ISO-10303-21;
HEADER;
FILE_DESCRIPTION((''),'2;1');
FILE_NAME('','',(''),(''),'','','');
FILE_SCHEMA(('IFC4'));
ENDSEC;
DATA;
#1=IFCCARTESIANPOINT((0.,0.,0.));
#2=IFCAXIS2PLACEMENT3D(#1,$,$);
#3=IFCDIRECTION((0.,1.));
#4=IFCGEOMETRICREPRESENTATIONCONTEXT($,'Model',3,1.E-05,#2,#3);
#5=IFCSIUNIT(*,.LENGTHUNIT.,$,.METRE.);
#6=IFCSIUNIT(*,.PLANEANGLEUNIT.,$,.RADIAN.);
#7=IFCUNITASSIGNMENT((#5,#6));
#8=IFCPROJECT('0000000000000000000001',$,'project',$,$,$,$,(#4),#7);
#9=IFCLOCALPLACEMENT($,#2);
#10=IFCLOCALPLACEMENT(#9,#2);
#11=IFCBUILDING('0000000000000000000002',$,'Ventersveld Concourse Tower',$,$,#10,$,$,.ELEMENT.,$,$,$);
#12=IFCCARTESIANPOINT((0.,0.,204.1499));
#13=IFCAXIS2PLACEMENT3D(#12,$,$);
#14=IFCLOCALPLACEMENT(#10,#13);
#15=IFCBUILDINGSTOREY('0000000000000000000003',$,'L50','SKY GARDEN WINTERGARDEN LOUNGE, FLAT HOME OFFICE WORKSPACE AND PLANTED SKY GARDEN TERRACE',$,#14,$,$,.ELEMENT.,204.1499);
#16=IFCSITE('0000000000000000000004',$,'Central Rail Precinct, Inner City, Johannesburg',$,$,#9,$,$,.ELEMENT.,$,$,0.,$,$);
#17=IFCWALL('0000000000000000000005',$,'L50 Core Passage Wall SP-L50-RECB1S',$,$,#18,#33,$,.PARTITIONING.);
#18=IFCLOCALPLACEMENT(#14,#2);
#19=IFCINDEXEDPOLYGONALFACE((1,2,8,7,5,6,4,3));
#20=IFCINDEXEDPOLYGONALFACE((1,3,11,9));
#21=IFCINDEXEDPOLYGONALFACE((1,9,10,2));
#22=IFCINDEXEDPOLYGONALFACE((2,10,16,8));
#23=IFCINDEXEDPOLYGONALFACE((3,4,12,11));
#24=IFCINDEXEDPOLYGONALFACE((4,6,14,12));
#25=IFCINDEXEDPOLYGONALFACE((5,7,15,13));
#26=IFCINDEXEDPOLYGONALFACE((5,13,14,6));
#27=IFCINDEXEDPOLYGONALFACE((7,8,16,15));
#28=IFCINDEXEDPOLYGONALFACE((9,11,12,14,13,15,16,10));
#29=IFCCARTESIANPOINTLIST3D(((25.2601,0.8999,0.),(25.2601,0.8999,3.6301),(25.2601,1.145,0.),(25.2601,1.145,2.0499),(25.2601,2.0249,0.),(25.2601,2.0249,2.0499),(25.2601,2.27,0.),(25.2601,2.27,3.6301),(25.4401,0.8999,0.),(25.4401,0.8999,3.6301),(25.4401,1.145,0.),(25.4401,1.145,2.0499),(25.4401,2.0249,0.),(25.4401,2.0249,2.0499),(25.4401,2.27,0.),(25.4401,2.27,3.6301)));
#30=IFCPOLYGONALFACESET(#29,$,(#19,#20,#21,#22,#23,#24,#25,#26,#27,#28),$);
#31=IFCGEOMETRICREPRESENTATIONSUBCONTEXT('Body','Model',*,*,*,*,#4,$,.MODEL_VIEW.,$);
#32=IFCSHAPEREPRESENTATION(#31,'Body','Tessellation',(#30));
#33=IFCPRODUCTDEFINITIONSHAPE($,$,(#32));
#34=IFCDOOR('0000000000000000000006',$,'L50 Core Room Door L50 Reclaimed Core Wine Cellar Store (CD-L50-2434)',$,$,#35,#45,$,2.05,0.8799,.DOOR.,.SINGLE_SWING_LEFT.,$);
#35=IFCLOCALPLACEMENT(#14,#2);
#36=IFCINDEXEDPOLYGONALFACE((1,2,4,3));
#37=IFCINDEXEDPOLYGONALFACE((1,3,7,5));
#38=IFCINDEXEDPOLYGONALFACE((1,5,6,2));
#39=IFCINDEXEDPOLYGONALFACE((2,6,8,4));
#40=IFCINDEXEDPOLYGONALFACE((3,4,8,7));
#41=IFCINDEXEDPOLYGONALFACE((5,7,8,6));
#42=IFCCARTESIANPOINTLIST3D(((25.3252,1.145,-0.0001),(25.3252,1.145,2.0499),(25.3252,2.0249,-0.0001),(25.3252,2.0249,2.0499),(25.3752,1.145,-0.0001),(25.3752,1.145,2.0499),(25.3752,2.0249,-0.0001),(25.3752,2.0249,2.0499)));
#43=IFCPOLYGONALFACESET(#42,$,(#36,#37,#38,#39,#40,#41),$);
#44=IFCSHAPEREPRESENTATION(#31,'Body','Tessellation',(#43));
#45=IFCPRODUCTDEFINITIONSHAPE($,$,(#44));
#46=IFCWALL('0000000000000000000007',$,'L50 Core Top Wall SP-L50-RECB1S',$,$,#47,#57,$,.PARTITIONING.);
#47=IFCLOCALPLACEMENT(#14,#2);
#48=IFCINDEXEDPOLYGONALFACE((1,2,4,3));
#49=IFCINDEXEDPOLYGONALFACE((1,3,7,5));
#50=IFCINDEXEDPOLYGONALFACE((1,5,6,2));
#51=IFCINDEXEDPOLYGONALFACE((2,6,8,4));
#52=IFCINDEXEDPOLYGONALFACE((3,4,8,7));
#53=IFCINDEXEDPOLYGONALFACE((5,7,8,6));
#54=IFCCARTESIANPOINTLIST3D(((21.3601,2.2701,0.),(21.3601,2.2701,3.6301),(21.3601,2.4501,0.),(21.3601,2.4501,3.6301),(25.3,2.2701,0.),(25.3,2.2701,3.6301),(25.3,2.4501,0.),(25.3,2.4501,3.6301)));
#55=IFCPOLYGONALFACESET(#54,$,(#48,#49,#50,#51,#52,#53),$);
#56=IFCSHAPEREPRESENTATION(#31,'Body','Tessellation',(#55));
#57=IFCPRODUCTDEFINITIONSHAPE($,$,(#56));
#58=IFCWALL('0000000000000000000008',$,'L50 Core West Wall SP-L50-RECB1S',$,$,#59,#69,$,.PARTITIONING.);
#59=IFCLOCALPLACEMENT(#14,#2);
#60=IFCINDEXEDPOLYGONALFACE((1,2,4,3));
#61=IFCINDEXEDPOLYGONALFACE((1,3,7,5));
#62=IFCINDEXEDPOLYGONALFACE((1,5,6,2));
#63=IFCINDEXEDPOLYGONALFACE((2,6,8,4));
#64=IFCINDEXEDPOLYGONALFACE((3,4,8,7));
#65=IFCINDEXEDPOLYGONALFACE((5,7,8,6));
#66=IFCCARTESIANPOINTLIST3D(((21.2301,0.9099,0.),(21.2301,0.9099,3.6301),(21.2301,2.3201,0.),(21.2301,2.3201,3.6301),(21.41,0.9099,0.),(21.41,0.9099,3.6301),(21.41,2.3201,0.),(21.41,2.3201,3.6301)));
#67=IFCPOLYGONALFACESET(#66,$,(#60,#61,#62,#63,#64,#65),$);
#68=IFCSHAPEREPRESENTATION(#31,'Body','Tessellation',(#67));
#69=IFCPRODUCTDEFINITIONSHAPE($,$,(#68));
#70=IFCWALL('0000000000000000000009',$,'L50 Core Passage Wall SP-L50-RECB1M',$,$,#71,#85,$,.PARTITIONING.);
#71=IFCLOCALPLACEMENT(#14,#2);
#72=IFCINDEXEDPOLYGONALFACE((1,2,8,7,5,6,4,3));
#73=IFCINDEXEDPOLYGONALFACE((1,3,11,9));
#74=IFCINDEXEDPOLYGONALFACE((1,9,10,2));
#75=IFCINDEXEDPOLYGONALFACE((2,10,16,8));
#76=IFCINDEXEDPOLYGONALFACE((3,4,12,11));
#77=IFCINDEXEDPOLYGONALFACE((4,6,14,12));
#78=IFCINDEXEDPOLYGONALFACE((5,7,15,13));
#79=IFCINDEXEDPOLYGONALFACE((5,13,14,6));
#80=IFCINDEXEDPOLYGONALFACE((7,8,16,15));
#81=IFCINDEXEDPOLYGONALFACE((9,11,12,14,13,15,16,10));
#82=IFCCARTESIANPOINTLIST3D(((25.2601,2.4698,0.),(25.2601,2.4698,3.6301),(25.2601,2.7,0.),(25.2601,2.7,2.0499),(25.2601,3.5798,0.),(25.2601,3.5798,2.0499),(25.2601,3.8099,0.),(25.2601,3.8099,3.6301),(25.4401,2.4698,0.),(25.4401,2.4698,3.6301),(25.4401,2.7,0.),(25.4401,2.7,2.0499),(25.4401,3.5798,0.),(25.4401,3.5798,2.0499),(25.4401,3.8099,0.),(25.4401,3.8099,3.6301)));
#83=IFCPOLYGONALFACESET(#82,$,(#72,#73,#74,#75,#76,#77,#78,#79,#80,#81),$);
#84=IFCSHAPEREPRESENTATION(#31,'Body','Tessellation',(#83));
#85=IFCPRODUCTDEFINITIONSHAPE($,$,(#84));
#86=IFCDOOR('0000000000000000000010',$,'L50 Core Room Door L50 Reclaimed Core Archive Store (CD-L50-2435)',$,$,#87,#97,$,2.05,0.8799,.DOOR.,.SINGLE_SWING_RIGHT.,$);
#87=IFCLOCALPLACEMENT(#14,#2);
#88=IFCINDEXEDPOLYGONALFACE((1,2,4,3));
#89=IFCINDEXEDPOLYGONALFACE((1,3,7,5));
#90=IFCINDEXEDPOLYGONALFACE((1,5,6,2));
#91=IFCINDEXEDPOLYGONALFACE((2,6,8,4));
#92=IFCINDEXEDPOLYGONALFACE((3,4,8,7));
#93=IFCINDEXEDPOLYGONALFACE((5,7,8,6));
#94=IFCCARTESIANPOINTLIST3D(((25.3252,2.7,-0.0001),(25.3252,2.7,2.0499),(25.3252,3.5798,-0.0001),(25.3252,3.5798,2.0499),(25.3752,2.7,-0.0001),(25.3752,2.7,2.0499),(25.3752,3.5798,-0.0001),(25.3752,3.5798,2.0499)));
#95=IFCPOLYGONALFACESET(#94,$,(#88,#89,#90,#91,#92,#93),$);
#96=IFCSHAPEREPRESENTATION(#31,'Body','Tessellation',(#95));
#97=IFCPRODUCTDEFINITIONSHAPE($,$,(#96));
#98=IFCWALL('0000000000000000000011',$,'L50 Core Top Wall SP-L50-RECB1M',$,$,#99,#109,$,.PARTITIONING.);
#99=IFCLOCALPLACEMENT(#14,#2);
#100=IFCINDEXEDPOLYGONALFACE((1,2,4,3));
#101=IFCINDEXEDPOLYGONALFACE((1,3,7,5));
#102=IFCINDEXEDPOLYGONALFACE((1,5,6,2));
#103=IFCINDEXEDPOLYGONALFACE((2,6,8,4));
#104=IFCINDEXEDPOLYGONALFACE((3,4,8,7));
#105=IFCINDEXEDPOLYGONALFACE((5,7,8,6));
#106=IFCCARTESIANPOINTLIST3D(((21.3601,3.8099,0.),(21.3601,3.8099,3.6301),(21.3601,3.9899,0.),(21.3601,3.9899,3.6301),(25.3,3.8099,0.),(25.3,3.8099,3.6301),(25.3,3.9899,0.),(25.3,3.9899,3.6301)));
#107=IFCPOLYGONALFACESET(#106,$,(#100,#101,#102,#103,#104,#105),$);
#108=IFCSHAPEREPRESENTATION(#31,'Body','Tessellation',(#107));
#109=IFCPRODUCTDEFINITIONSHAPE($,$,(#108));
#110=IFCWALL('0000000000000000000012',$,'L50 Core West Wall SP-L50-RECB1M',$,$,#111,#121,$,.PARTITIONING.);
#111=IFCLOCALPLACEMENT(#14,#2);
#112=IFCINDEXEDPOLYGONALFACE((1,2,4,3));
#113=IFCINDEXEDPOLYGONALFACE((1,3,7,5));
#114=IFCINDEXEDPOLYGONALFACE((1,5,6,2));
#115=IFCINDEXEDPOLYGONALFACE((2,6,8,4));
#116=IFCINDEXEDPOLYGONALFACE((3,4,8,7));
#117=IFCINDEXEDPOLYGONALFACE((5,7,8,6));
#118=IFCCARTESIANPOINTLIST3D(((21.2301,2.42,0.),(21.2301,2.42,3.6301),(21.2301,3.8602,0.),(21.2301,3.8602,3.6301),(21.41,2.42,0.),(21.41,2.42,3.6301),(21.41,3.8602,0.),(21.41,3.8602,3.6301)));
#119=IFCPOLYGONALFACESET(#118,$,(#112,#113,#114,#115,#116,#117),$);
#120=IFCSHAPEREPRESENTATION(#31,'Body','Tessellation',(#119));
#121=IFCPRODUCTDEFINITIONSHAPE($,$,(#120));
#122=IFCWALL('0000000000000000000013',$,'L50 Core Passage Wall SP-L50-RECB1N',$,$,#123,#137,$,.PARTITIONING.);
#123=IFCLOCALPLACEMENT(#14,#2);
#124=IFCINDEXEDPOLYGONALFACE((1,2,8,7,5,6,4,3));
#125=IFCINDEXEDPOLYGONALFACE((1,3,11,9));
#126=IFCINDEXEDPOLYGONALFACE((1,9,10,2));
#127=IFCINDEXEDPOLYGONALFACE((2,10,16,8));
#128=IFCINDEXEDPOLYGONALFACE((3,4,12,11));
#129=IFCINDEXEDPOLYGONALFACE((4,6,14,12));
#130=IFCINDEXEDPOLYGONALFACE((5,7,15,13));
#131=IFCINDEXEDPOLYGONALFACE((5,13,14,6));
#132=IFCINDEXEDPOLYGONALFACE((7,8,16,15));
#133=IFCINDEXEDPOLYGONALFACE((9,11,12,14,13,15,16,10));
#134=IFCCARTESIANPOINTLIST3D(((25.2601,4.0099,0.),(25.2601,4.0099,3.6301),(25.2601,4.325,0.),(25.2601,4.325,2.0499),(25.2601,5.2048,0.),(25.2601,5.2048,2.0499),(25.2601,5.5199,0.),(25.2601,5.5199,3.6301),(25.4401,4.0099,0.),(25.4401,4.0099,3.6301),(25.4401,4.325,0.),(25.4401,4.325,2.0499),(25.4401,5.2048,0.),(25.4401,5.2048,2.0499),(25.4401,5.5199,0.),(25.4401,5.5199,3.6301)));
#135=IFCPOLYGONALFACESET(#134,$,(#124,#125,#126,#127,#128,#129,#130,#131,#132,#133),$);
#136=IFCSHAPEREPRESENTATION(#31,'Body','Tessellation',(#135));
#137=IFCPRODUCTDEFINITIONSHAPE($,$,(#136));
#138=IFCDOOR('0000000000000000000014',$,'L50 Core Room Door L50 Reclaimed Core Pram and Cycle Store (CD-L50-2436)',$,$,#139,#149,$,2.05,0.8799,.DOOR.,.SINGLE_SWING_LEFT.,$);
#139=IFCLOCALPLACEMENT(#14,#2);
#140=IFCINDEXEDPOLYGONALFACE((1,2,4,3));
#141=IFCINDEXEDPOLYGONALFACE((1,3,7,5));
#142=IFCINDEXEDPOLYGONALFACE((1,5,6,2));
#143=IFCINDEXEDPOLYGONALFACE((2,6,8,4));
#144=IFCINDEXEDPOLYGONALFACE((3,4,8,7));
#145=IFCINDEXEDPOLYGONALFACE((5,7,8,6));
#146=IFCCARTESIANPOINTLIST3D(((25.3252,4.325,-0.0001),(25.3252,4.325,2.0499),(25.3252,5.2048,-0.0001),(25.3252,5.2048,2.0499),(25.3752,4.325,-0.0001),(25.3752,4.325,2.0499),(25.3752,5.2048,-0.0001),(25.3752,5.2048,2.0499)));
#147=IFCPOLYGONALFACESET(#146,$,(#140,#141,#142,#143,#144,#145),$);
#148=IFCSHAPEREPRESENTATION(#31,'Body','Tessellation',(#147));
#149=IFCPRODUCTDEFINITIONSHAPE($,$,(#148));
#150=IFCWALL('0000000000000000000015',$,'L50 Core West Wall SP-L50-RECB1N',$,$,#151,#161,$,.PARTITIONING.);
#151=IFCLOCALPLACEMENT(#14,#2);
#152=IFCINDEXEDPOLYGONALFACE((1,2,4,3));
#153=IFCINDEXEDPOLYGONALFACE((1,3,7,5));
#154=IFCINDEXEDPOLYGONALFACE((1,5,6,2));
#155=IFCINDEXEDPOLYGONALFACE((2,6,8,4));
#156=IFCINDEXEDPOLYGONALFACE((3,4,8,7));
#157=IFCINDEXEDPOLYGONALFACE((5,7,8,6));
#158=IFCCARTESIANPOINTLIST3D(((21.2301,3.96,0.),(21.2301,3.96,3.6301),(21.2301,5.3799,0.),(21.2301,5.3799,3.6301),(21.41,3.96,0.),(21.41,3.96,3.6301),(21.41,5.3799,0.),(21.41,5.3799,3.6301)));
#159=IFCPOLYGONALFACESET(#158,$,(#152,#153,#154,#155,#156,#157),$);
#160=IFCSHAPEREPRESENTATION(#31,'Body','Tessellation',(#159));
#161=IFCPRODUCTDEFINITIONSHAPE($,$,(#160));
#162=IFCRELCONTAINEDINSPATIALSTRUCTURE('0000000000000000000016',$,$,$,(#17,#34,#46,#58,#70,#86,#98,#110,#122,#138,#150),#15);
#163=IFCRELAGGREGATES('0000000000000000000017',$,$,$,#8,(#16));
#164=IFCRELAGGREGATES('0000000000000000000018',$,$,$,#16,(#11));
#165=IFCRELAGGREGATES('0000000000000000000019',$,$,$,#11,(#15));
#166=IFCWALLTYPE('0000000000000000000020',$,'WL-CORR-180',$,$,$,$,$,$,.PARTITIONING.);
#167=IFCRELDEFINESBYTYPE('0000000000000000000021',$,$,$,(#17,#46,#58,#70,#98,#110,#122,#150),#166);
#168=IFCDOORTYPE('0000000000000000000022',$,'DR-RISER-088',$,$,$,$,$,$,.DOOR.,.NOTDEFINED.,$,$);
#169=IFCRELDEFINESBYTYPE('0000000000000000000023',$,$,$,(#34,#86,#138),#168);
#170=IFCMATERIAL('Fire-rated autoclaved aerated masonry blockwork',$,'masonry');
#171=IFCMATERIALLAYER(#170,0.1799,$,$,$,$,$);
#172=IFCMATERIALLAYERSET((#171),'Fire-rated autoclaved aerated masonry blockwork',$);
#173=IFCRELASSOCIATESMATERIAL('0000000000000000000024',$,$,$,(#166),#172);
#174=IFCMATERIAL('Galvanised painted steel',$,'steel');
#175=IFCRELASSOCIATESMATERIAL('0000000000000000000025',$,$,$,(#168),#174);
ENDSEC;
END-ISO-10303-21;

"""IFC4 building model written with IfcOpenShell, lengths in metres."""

from ifc_helpers import new_model, si_unit, direction, frame, frame_2d, origin, place, context, subcontext, project, spatial, rectangle, extrude, material, layer, layer_set, type_object, element, fill, save


model = new_model("IFC4")

# Units and contexts
model_context = context("Model", 3, precision=1e-05, world=origin(), true_north=direction((0.0, 1.0)))
body_context = subcontext(model_context, "Body", "Model", "MODEL_VIEW")
ifc_project = project(units=[si_unit("LENGTHUNIT", "METRE"), si_unit("PLANEANGLEUNIT", "RADIAN")], contexts=[model_context])

# Site, building, storey
site_placement = place(None, origin())
site = spatial("IfcSite", under=ifc_project, at=site_placement, Name="Central Rail Precinct, Inner City, Johannesburg", CompositionType="ELEMENT", RefElevation=0.0)
building_placement = place(site_placement, origin())
building = spatial("IfcBuilding", under=site, at=building_placement, Name="Ventersveld Concourse Tower", CompositionType="ELEMENT")
storey_placement = place(building_placement, frame((0.0, 0.0, 204.1499)))
storey = spatial("IfcBuildingStorey", under=building, at=storey_placement, Name="L50", Description="SKY GARDEN WINTERGARDEN LOUNGE, FLAT HOME OFFICE WORKSPACE AND PLANTED SKY GARDEN TERRACE", CompositionType="ELEMENT", Elevation=204.1499)

# Wall, opening, door
ifc_material_1 = material(Name="Fire-rated autoclaved aerated masonry blockwork", Category="masonry")
ifc_layer_1 = layer(ifc_material_1, 0.1799)
ifc_layer_set_1 = layer_set([ifc_layer_1], Name="Fire-rated autoclaved aerated masonry blockwork")
wall_type_1 = type_object("IfcWallType", Name="WL-CORR-180", PredefinedType="PARTITIONING", material=ifc_layer_set_1)
wall_1_placement = place(storey_placement, frame((25.3501, 0.8999, 0.0), z_axis=(0.0, 0.0, 1.0), x_axis=(0.0, 1.0, 0.0)))
wall_1 = element("IfcWall", 1, at=wall_1_placement, inside=storey, type_object=wall_type_1, Name="L50 Core Passage Wall SP-L50-RECB1S", PredefinedType="PARTITIONING", context=body_context, shape_type="SweptSolid", body=[
    extrude(rectangle(XDim=1.3701, YDim=0.1799, at=frame_2d((0.6851, 0.0))), origin(), (0.0, 0.0, 1.0), 3.6301),
])
opening_1_placement = place(wall_1_placement, frame((0.2451, 0.0, 0.0)))
opening_1 = element("IfcOpeningElement", 2, at=opening_1_placement, cuts=wall_1, PredefinedType="OPENING", context=body_context, shape_type="SweptSolid", body=[
    extrude(rectangle(XDim=0.8799, YDim=2.05, at=frame_2d((0.4399, 1.0249))), frame((0.0, 0.1001, 0.0), z_axis=(0.0, -1.0, 0.0), x_axis=(1.0, 0.0, 0.0)), (0.0, 0.0, 1.0), 0.2),
])
ifc_material_2 = material(Name="Galvanised painted steel", Category="steel")
door_type = type_object("IfcDoorType", Name="DR-RISER-088", OperationType="NOTDEFINED", PredefinedType="DOOR", material=ifc_material_2)
door_1_placement = place(opening_1_placement, origin())
door_1 = element("IfcDoor", 3, at=door_1_placement, inside=storey, type_object=door_type, Name="L50 Core Room Door L50 Reclaimed Core Wine Cellar Store (CD-L50-2434)", OperationType="SINGLE_SWING_LEFT", OverallHeight=2.05, OverallWidth=0.8799, PredefinedType="DOOR", context=body_context, shape_type="SweptSolid", body=[
    extrude(rectangle(XDim=0.8799, YDim=2.05, at=frame_2d((0.4399, 1.0249))), frame((0.0, 0.0249, 0.0), z_axis=(0.0, -1.0, 0.0), x_axis=(1.0, 0.0, 0.0)), (0.0, 0.0, 1.0), 0.05),
])
fill(opening_1, door_1)

# Walls
wall_2_placement = place(storey_placement, frame((21.3601, 2.3601, 0.0), z_axis=(0.0, 0.0, 1.0), x_axis=(1.0, 0.0, 0.0)))
element("IfcWall", 4, at=wall_2_placement, inside=storey, type_object=wall_type_1, Name="L50 Core Top Wall SP-L50-RECB1S", PredefinedType="PARTITIONING", context=body_context, shape_type="SweptSolid", body=[
    extrude(rectangle(XDim=3.9399, YDim=0.1799, at=frame_2d((1.97, 0.0))), origin(), (0.0, 0.0, 1.0), 3.6301),
])
wall_3_placement = place(storey_placement, frame((21.3201, 0.9099, 0.0), z_axis=(0.0, 0.0, 1.0), x_axis=(0.0, 1.0, 0.0)))
element("IfcWall", 5, at=wall_3_placement, inside=storey, type_object=wall_type_1, Name="L50 Core West Wall SP-L50-RECB1S", PredefinedType="PARTITIONING", context=body_context, shape_type="SweptSolid", body=[
    extrude(rectangle(XDim=1.4102, YDim=0.1799, at=frame_2d((0.7051, 0.0))), origin(), (0.0, 0.0, 1.0), 3.6301),
])

# Wall, opening, door
wall_4_placement = place(storey_placement, frame((25.3501, 2.47, 0.0), z_axis=(0.0, 0.0, 1.0), x_axis=(0.0, 1.0, 0.0)))
wall_4 = element("IfcWall", 6, at=wall_4_placement, inside=storey, type_object=wall_type_1, Name="L50 Core Passage Wall SP-L50-RECB1M", PredefinedType="PARTITIONING", context=body_context, shape_type="SweptSolid", body=[
    extrude(rectangle(XDim=1.3401, YDim=0.1799, at=frame_2d((0.6699, 0.0))), origin(), (0.0, 0.0, 1.0), 3.6301),
])
opening_2_placement = place(wall_4_placement, frame((0.23, 0.0, 0.0)))
opening_2 = element("IfcOpeningElement", 7, at=opening_2_placement, cuts=wall_4, PredefinedType="OPENING", context=body_context, shape_type="SweptSolid", body=[
    extrude(rectangle(XDim=0.8799, YDim=2.05, at=frame_2d((0.4399, 1.0249))), frame((0.0, 0.1001, 0.0), z_axis=(0.0, -1.0, 0.0), x_axis=(1.0, 0.0, 0.0)), (0.0, 0.0, 1.0), 0.2),
])
door_2_placement = place(opening_2_placement, origin())
door_2 = element("IfcDoor", 8, at=door_2_placement, inside=storey, type_object=door_type, Name="L50 Core Room Door L50 Reclaimed Core Archive Store (CD-L50-2435)", OperationType="SINGLE_SWING_RIGHT", OverallHeight=2.05, OverallWidth=0.8799, PredefinedType="DOOR", context=body_context, shape_type="SweptSolid", body=[
    extrude(rectangle(XDim=0.8799, YDim=2.05, at=frame_2d((0.4399, 1.0249))), frame((0.0, 0.0249, 0.0), z_axis=(0.0, -1.0, 0.0), x_axis=(1.0, 0.0, 0.0)), (0.0, 0.0, 1.0), 0.05),
])
fill(opening_2, door_2)

# Walls
wall_5_placement = place(storey_placement, frame((21.3601, 3.8999, 0.0), z_axis=(0.0, 0.0, 1.0), x_axis=(1.0, 0.0, 0.0)))
element("IfcWall", 9, at=wall_5_placement, inside=storey, type_object=wall_type_1, Name="L50 Core Top Wall SP-L50-RECB1M", PredefinedType="PARTITIONING", context=body_context, shape_type="SweptSolid", body=[
    extrude(rectangle(XDim=3.9399, YDim=0.1799, at=frame_2d((1.97, 0.0))), origin(), (0.0, 0.0, 1.0), 3.6301),
])
wall_6_placement = place(storey_placement, frame((21.3201, 2.4199, 0.0), z_axis=(0.0, 0.0, 1.0), x_axis=(0.0, 1.0, 0.0)))
element("IfcWall", 10, at=wall_6_placement, inside=storey, type_object=wall_type_1, Name="L50 Core West Wall SP-L50-RECB1M", PredefinedType="PARTITIONING", context=body_context, shape_type="SweptSolid", body=[
    extrude(rectangle(XDim=1.4402, YDim=0.1799, at=frame_2d((0.7202, 0.0))), origin(), (0.0, 0.0, 1.0), 3.6301),
])

# Wall, opening, door
wall_7_placement = place(storey_placement, frame((25.3501, 4.01, 0.0), z_axis=(0.0, 0.0, 1.0), x_axis=(0.0, 1.0, 0.0)))
wall_7 = element("IfcWall", 11, at=wall_7_placement, inside=storey, type_object=wall_type_1, Name="L50 Core Passage Wall SP-L50-RECB1N", PredefinedType="PARTITIONING", context=body_context, shape_type="SweptSolid", body=[
    extrude(rectangle(XDim=1.51, YDim=0.1799, at=frame_2d((0.7549, 0.0))), origin(), (0.0, 0.0, 1.0), 3.6301),
])
opening_3_placement = place(wall_7_placement, frame((0.3149, 0.0, 0.0)))
opening_3 = element("IfcOpeningElement", 12, at=opening_3_placement, cuts=wall_7, PredefinedType="OPENING", context=body_context, shape_type="SweptSolid", body=[
    extrude(rectangle(XDim=0.8799, YDim=2.05, at=frame_2d((0.4399, 1.0249))), frame((0.0, 0.1001, 0.0), z_axis=(0.0, -1.0, 0.0), x_axis=(1.0, 0.0, 0.0)), (0.0, 0.0, 1.0), 0.2),
])
door_3_placement = place(opening_3_placement, origin())
door_3 = element("IfcDoor", 13, at=door_3_placement, inside=storey, type_object=door_type, Name="L50 Core Room Door L50 Reclaimed Core Pram and Cycle Store (CD-L50-2436)", OperationType="SINGLE_SWING_LEFT", OverallHeight=2.05, OverallWidth=0.8799, PredefinedType="DOOR", context=body_context, shape_type="SweptSolid", body=[
    extrude(rectangle(XDim=0.8799, YDim=2.05, at=frame_2d((0.4399, 1.0249))), frame((0.0, 0.0249, 0.0), z_axis=(0.0, -1.0, 0.0), x_axis=(1.0, 0.0, 0.0)), (0.0, 0.0, 1.0), 0.05),
])
fill(opening_3, door_3)

# Wall
wall_8_placement = place(storey_placement, frame((21.3201, 3.96, 0.0), z_axis=(0.0, 0.0, 1.0), x_axis=(0.0, 1.0, 0.0)))
element("IfcWall", 14, at=wall_8_placement, inside=storey, type_object=wall_type_1, Name="L50 Core West Wall SP-L50-RECB1N", PredefinedType="PARTITIONING", context=body_context, shape_type="SweptSolid", body=[
    extrude(rectangle(XDim=1.4199, YDim=0.1799, at=frame_2d((0.71, 0.0))), origin(), (0.0, 0.0, 1.0), 3.6301),
])

save(model, "model.ifc")
